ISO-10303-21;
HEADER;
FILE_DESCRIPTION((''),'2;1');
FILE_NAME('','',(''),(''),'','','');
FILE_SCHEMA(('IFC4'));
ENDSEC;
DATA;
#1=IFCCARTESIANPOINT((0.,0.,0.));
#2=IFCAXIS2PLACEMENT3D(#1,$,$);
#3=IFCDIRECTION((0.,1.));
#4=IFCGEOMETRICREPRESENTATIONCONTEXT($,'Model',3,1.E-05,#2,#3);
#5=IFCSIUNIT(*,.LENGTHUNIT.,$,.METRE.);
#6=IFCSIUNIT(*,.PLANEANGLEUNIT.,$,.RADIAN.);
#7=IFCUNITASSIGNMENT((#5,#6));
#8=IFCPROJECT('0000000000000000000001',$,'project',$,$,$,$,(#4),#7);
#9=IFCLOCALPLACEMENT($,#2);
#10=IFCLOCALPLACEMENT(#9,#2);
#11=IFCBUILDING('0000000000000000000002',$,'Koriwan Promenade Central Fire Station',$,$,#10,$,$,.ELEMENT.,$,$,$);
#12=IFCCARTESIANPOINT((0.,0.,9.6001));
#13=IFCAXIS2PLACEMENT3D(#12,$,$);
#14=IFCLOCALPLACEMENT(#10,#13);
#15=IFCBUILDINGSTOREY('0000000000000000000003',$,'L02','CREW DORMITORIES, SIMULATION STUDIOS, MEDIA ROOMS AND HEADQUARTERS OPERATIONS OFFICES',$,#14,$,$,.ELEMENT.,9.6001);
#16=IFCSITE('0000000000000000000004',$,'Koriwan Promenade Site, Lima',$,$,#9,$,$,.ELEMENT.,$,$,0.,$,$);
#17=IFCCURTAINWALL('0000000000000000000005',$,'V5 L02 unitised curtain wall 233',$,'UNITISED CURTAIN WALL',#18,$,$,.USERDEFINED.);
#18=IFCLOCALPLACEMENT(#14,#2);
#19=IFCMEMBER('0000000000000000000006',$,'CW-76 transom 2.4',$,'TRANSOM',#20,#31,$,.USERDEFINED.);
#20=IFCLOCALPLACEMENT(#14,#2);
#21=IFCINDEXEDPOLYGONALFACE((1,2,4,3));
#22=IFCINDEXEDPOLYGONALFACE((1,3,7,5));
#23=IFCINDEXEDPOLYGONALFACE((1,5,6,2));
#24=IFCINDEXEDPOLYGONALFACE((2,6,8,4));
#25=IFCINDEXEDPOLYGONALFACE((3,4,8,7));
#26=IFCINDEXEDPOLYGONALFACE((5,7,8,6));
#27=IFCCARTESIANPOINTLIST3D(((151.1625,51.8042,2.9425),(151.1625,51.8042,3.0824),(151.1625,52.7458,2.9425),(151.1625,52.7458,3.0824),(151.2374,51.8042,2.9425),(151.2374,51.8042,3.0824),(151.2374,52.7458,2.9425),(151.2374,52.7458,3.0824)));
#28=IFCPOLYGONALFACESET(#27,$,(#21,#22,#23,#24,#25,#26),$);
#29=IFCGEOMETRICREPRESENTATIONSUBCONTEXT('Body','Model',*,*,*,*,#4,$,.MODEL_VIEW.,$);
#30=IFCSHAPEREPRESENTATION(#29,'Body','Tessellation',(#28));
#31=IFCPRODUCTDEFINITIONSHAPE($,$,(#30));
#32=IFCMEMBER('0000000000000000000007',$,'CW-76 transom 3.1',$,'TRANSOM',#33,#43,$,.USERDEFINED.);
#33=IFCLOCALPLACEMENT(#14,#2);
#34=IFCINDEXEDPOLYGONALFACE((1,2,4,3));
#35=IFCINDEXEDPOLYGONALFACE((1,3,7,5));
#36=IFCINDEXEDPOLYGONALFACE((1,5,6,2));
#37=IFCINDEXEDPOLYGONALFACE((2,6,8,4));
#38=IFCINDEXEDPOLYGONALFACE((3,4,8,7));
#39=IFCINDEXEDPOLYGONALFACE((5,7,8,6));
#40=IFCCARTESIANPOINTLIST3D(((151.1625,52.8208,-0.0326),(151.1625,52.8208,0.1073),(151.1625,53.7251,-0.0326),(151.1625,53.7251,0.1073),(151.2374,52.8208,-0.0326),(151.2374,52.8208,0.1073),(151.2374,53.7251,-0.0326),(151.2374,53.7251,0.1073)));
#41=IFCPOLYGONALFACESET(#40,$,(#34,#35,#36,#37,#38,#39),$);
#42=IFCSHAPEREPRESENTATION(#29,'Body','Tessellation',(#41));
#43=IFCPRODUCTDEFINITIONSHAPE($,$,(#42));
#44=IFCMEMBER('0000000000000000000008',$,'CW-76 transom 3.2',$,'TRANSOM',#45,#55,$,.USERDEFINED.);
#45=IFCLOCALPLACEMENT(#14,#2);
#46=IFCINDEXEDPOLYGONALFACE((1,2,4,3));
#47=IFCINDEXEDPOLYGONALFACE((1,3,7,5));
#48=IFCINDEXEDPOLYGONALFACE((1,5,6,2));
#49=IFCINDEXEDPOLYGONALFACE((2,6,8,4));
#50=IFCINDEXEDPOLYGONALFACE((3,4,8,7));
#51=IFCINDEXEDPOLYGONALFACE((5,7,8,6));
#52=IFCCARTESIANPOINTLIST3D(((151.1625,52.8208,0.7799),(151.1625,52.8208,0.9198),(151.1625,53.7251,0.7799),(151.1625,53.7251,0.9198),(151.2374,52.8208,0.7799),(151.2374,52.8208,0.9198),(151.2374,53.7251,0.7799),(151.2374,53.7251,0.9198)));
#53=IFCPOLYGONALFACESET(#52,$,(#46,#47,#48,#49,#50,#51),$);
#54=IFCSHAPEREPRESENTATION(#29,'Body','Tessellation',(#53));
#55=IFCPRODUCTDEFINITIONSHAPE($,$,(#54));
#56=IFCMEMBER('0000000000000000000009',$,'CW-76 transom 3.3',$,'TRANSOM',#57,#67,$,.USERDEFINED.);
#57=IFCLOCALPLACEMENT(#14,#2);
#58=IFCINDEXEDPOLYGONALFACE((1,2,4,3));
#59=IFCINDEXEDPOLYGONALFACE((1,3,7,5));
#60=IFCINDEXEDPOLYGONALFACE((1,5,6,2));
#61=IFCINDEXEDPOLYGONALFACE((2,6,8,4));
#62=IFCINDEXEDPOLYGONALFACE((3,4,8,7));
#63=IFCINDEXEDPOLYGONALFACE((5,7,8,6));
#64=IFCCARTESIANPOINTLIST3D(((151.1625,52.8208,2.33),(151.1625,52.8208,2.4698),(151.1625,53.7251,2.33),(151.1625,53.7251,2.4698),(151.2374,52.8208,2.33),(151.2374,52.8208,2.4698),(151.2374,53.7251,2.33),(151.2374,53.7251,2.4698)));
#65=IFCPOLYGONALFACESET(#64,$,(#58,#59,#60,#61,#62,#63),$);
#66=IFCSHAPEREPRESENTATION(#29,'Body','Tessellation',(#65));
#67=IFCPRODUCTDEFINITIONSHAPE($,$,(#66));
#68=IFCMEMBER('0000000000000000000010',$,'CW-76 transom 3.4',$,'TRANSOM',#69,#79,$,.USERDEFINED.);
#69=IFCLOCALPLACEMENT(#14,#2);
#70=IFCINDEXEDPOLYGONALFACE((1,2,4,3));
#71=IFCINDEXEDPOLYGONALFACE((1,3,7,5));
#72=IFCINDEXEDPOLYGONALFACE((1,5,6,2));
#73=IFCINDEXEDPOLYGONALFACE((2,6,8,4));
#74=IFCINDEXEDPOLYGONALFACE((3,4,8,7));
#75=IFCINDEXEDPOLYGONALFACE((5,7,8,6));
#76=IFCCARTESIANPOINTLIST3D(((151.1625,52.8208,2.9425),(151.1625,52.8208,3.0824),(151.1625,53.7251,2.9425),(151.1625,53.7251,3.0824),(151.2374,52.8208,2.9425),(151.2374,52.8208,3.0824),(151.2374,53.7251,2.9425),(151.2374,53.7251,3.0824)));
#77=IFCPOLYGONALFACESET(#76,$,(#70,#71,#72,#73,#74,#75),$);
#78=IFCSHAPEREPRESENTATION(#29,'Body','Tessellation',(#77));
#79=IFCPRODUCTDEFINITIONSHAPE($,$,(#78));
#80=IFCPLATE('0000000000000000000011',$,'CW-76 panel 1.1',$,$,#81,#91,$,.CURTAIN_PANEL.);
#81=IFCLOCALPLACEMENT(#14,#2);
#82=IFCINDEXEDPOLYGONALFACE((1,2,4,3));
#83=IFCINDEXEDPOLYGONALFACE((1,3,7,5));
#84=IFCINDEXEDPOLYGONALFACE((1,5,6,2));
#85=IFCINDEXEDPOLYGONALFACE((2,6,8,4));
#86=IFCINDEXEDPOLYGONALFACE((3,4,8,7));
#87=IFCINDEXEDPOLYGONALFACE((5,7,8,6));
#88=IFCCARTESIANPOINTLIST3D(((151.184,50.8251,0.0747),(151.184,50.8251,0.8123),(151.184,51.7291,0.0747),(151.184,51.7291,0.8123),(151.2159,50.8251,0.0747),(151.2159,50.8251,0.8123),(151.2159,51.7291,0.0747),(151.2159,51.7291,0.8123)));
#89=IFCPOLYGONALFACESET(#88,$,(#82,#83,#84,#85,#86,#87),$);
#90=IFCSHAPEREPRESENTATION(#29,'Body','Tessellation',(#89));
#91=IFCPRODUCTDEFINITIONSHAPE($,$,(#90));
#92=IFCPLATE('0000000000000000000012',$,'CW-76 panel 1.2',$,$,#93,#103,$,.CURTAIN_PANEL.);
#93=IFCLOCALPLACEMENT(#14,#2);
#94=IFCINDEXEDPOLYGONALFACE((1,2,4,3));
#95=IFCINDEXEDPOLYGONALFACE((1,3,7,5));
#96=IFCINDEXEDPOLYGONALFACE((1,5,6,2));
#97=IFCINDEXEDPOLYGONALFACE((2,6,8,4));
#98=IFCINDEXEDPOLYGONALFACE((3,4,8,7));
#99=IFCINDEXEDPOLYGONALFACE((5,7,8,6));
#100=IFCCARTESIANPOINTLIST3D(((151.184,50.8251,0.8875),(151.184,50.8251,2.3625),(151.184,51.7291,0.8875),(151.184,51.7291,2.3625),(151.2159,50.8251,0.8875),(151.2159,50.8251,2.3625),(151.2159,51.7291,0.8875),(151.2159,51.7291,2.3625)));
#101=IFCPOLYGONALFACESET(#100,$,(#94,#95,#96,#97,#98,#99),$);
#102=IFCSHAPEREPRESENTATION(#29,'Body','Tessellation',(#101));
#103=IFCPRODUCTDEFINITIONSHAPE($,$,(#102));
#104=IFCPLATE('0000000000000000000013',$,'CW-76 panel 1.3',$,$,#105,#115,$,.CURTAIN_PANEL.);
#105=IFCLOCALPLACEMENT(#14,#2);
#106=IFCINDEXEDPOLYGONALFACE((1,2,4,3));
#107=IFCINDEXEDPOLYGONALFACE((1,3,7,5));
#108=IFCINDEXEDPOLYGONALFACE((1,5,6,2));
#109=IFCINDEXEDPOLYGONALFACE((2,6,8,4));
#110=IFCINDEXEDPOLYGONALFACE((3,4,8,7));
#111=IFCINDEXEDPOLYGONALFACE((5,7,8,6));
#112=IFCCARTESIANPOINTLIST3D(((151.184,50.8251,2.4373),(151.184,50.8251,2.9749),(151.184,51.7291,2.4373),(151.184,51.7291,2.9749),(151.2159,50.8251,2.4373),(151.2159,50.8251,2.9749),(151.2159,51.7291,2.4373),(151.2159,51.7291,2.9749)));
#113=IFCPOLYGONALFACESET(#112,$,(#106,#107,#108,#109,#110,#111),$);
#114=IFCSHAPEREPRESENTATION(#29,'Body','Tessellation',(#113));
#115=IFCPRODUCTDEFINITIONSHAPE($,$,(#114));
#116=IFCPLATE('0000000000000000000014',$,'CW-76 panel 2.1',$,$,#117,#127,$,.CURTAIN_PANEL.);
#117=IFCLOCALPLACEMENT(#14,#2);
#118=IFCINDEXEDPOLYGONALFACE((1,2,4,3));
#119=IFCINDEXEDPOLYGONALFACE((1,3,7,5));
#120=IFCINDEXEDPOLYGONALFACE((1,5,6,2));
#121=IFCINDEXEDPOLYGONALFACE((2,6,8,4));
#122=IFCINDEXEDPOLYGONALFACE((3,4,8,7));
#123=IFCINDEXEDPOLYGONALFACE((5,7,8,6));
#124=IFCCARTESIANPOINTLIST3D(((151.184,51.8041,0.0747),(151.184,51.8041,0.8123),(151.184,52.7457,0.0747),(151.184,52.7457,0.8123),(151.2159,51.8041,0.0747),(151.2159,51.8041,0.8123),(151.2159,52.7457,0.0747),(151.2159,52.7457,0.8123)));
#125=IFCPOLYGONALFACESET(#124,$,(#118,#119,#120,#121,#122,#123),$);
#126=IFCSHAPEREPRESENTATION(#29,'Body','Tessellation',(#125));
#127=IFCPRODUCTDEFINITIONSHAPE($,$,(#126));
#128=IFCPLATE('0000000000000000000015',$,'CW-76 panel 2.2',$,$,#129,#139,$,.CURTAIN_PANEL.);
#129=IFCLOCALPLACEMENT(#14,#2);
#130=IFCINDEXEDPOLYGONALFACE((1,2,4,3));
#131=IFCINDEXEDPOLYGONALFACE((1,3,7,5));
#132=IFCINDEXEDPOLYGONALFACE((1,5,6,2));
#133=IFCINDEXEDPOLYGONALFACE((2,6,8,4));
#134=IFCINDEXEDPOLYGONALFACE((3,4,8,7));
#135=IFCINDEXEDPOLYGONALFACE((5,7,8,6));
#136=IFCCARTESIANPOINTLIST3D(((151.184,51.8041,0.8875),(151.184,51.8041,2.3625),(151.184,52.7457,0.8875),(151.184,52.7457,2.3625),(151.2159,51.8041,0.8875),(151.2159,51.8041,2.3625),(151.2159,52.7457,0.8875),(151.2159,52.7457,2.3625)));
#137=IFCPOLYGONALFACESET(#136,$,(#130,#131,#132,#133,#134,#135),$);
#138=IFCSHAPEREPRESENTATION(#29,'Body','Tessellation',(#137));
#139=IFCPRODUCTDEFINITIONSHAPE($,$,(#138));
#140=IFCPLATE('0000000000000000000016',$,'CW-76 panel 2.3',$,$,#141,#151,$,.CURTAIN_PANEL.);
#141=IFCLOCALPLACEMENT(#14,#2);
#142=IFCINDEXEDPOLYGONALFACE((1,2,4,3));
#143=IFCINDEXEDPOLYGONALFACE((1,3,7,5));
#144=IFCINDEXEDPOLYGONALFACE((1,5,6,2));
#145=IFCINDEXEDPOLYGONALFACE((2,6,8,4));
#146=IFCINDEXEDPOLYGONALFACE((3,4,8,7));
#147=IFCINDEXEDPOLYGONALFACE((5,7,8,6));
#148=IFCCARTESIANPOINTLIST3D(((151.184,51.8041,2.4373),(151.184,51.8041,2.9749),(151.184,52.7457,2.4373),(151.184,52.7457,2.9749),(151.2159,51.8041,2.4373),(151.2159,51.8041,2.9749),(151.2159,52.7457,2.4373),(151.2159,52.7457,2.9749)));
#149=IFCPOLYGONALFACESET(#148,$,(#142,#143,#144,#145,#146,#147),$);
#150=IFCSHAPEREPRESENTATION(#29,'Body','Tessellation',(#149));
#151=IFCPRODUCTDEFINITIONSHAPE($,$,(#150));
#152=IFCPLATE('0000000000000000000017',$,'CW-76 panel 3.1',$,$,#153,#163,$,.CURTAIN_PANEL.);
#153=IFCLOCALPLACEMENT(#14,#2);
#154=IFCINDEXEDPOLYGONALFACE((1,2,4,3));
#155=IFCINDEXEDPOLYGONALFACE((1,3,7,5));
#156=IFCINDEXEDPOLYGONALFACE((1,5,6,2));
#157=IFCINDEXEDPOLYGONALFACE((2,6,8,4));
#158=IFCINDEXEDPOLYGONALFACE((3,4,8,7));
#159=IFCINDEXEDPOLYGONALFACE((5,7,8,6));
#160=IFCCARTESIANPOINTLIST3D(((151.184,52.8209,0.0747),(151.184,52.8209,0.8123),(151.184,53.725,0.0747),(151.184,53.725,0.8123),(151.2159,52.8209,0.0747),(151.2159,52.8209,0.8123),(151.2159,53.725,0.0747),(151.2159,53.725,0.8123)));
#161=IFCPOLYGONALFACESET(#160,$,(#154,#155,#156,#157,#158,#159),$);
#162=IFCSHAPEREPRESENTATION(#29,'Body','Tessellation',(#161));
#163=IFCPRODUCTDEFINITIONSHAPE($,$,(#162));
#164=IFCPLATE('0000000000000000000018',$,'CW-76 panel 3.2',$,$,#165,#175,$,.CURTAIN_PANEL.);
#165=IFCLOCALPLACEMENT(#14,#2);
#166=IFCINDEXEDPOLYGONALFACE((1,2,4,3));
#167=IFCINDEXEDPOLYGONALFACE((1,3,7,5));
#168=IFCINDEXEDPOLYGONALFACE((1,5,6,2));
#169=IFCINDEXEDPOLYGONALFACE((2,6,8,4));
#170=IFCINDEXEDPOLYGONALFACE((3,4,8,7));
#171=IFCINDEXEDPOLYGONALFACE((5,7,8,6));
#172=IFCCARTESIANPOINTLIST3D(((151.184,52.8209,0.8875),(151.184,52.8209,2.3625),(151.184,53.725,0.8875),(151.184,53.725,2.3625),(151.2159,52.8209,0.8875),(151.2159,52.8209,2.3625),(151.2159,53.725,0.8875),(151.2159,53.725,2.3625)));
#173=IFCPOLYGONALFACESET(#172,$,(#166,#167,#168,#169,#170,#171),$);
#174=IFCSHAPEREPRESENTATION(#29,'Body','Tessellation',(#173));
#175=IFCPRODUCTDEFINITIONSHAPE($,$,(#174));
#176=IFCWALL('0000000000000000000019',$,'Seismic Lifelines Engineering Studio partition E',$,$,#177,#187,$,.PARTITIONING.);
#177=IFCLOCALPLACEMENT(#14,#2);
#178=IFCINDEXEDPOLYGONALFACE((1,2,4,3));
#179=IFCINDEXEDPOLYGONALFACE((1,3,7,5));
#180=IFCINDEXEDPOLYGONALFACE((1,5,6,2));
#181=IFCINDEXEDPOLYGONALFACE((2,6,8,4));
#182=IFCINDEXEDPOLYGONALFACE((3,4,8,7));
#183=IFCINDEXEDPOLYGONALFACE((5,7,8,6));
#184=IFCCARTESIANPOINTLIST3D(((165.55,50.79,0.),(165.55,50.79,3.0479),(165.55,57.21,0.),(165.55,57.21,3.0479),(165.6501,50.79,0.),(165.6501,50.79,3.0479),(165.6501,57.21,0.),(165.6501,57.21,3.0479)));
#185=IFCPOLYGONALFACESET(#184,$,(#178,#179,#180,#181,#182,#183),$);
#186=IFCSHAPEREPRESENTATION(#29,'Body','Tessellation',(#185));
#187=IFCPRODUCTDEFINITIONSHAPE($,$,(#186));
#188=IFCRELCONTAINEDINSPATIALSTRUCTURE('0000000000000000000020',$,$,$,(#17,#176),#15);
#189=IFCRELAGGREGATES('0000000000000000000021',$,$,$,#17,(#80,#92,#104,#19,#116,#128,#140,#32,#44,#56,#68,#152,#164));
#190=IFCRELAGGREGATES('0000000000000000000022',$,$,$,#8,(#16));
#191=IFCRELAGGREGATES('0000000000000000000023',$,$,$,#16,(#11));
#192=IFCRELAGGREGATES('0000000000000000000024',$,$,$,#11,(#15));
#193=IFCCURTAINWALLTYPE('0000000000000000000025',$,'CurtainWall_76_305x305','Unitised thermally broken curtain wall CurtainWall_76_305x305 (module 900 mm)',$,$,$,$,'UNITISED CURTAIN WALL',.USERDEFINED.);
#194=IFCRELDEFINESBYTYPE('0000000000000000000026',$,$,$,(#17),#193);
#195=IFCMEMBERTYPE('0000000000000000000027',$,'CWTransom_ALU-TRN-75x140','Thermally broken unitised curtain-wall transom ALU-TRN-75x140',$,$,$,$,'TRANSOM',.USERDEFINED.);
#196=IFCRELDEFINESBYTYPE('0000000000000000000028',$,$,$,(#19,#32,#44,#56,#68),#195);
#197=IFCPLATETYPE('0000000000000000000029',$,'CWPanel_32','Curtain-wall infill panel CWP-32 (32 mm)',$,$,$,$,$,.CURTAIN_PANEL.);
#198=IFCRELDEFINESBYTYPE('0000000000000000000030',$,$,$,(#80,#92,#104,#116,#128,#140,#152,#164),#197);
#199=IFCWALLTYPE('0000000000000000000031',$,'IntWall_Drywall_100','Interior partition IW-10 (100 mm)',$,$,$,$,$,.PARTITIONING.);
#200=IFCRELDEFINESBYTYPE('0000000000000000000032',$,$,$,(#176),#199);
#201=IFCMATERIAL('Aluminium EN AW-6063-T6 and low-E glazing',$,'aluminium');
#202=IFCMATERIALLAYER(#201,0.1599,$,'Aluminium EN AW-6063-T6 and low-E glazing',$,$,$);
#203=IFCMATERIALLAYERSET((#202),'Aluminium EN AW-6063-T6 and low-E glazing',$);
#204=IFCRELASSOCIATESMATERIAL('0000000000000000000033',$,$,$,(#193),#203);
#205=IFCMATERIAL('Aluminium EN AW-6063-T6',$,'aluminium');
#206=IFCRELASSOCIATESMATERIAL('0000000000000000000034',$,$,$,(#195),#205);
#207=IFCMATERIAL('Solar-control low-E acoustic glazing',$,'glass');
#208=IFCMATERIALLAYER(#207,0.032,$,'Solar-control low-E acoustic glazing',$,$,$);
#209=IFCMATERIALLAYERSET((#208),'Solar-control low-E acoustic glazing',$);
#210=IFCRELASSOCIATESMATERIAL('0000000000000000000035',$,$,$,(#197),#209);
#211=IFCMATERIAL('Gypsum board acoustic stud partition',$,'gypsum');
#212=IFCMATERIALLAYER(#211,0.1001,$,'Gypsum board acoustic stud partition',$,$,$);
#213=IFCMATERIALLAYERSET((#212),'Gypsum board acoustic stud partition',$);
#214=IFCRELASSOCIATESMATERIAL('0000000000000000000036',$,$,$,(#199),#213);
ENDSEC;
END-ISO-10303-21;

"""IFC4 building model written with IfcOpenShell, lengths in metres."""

from ifc_helpers import new_model, si_unit, direction, frame, frame_2d, origin, origin_2d, place, context, subcontext, project, spatial, rectangle, extrude, material, layer, layer_set, material_profile, profile_set, type_object, element, aggregate, save


model = new_model("IFC4")

# Units and contexts
model_context = context("Model", 3, precision=1e-05, world=origin(), true_north=direction((0.0, 1.0)))
body_context = subcontext(model_context, "Body", "Model", "MODEL_VIEW")
ifc_project = project(units=[si_unit("LENGTHUNIT", "METRE"), si_unit("PLANEANGLEUNIT", "RADIAN")], contexts=[model_context])

# Site, building, storey
site_placement = place(None, origin())
site = spatial("IfcSite", under=ifc_project, at=site_placement, Name="Koriwan Promenade Site, Lima", CompositionType="ELEMENT", RefElevation=0.0)
building_placement = place(site_placement, origin())
building = spatial("IfcBuilding", under=site, at=building_placement, Name="Koriwan Promenade Central Fire Station", CompositionType="ELEMENT")
storey_placement = place(building_placement, frame((0.0, 0.0, 9.6001)))
storey = spatial("IfcBuildingStorey", under=building, at=storey_placement, Name="L02", Description="CREW DORMITORIES, SIMULATION STUDIOS, MEDIA ROOMS AND HEADQUARTERS OPERATIONS OFFICES", CompositionType="ELEMENT", Elevation=9.6001)

# Curtain wall, members, plates
ifc_material_1 = material(Name="Aluminium EN AW-6063-T6 and low-E glazing", Category="aluminium")
ifc_layer_1 = layer(ifc_material_1, 0.1599, Name="Aluminium EN AW-6063-T6 and low-E glazing")
ifc_layer_set_1 = layer_set([ifc_layer_1], Name="Aluminium EN AW-6063-T6 and low-E glazing")
curtain_wall_type = type_object("IfcCurtainWallType", Name="CurtainWall_76_305x305", Description="Unitised thermally broken curtain wall CurtainWall_76_305x305 (module 900 mm)", ElementType="UNITISED CURTAIN WALL", PredefinedType="USERDEFINED", material=ifc_layer_set_1)
curtain_wall_placement = place(storey_placement, origin())
curtain_wall = element("IfcCurtainWall", 1, at=curtain_wall_placement, inside=storey, type_object=curtain_wall_type, Name="V5 L02 unitised curtain wall 233", ObjectType="UNITISED CURTAIN WALL", PredefinedType="USERDEFINED")
ifc_material_2 = material(Name="Aluminium EN AW-6063-T6", Category="aluminium")
ifc_material_profile_1 = material_profile(ifc_material_2, rectangle(XDim=0.075, YDim=0.1399, at=origin_2d()), Name="ALU-TRN-75x140")
ifc_profile_set_1 = profile_set([ifc_material_profile_1], Name="Aluminium EN AW-6063-T6")
member_type_1 = type_object("IfcMemberType", Name="CWTransom_ALU-TRN-75x140", Description="Thermally broken unitised curtain-wall transom ALU-TRN-75x140", ElementType="TRANSOM", PredefinedType="USERDEFINED", material=ifc_profile_set_1)
member_1_placement = place(storey_placement, frame((151.2, 51.8042, 3.0125), z_axis=(0.0, 1.0, 0.0), x_axis=(-1.0, 0.0, 0.0)))
member_1 = element("IfcMember", 2, at=member_1_placement, type_object=member_type_1, Name="CW-76 transom 2.4", ObjectType="TRANSOM", PredefinedType="USERDEFINED", context=body_context, shape_type="SweptSolid", body=[
    extrude(rectangle(XDim=0.075, YDim=0.1399, at=origin_2d()), origin(), (0.0, 0.0, 1.0), 0.9417),
])
member_2_placement = place(storey_placement, frame((151.2, 52.8208, 0.0374), z_axis=(0.0, 1.0, 0.0), x_axis=(-1.0, 0.0, 0.0)))
member_2 = element("IfcMember", 3, at=member_2_placement, type_object=member_type_1, Name="CW-76 transom 3.1", ObjectType="TRANSOM", PredefinedType="USERDEFINED", context=body_context, shape_type="SweptSolid", body=[
    extrude(rectangle(XDim=0.075, YDim=0.1399, at=origin_2d()), origin(), (0.0, 0.0, 1.0), 0.9043),
])
member_3_placement = place(storey_placement, frame((151.2, 52.8208, 0.8499), z_axis=(0.0, 1.0, 0.0), x_axis=(-1.0, 0.0, 0.0)))
member_3 = element("IfcMember", 4, at=member_3_placement, type_object=member_type_1, Name="CW-76 transom 3.2", ObjectType="TRANSOM", PredefinedType="USERDEFINED", context=body_context, shape_type="SweptSolid", body=[
    extrude(rectangle(XDim=0.075, YDim=0.1399, at=origin_2d()), origin(), (0.0, 0.0, 1.0), 0.9043),
])
member_4_placement = place(storey_placement, frame((151.2, 52.8208, 2.3999), z_axis=(0.0, 1.0, 0.0), x_axis=(-1.0, 0.0, 0.0)))
member_4 = element("IfcMember", 5, at=member_4_placement, type_object=member_type_1, Name="CW-76 transom 3.3", ObjectType="TRANSOM", PredefinedType="USERDEFINED", context=body_context, shape_type="SweptSolid", body=[
    extrude(rectangle(XDim=0.075, YDim=0.1399, at=origin_2d()), origin(), (0.0, 0.0, 1.0), 0.9043),
])
member_5_placement = place(storey_placement, frame((151.2, 52.8208, 3.0125), z_axis=(0.0, 1.0, 0.0), x_axis=(-1.0, 0.0, 0.0)))
member_5 = element("IfcMember", 6, at=member_5_placement, type_object=member_type_1, Name="CW-76 transom 3.4", ObjectType="TRANSOM", PredefinedType="USERDEFINED", context=body_context, shape_type="SweptSolid", body=[
    extrude(rectangle(XDim=0.075, YDim=0.1399, at=origin_2d()), origin(), (0.0, 0.0, 1.0), 0.9043),
])
ifc_material_3 = material(Name="Solar-control low-E acoustic glazing", Category="glass")
ifc_layer_2 = layer(ifc_material_3, 0.032, Name="Solar-control low-E acoustic glazing")
ifc_layer_set_2 = layer_set([ifc_layer_2], Name="Solar-control low-E acoustic glazing")
plate_type = type_object("IfcPlateType", Name="CWPanel_32", Description="Curtain-wall infill panel CWP-32 (32 mm)", PredefinedType="CURTAIN_PANEL", material=ifc_layer_set_2)
plate_1_placement = place(storey_placement, frame((151.2, 51.2771, 0.0747), z_axis=(0.0, 0.0, 1.0), x_axis=(0.0, 1.0, 0.0)))
plate_1 = element("IfcPlate", 7, at=plate_1_placement, type_object=plate_type, Name="CW-76 panel 1.1", PredefinedType="CURTAIN_PANEL", context=body_context, shape_type="SweptSolid", body=[
    extrude(rectangle(XDim=0.9041, YDim=0.032, at=origin_2d()), origin(), (0.0, 0.0, 1.0), 0.7375),
])
plate_2_placement = place(storey_placement, frame((151.2, 51.2771, 0.8875), z_axis=(0.0, 0.0, 1.0), x_axis=(0.0, 1.0, 0.0)))
plate_2 = element("IfcPlate", 8, at=plate_2_placement, type_object=plate_type, Name="CW-76 panel 1.2", PredefinedType="CURTAIN_PANEL", context=body_context, shape_type="SweptSolid", body=[
    extrude(rectangle(XDim=0.9041, YDim=0.032, at=origin_2d()), origin(), (0.0, 0.0, 1.0), 1.4751),
])
plate_3_placement = place(storey_placement, frame((151.2, 51.2771, 2.4373), z_axis=(0.0, 0.0, 1.0), x_axis=(0.0, 1.0, 0.0)))
plate_3 = element("IfcPlate", 9, at=plate_3_placement, type_object=plate_type, Name="CW-76 panel 1.3", PredefinedType="CURTAIN_PANEL", context=body_context, shape_type="SweptSolid", body=[
    extrude(rectangle(XDim=0.9041, YDim=0.032, at=origin_2d()), origin(), (0.0, 0.0, 1.0), 0.5376),
])
plate_4_placement = place(storey_placement, frame((151.2, 52.2749, 0.0747), z_axis=(0.0, 0.0, 1.0), x_axis=(0.0, 1.0, 0.0)))
plate_4 = element("IfcPlate", 10, at=plate_4_placement, type_object=plate_type, Name="CW-76 panel 2.1", PredefinedType="CURTAIN_PANEL", context=body_context, shape_type="SweptSolid", body=[
    extrude(rectangle(XDim=0.9417, YDim=0.032, at=origin_2d()), origin(), (0.0, 0.0, 1.0), 0.7375),
])
plate_5_placement = place(storey_placement, frame((151.2, 52.2749, 0.8875), z_axis=(0.0, 0.0, 1.0), x_axis=(0.0, 1.0, 0.0)))
plate_5 = element("IfcPlate", 11, at=plate_5_placement, type_object=plate_type, Name="CW-76 panel 2.2", PredefinedType="CURTAIN_PANEL", context=body_context, shape_type="SweptSolid", body=[
    extrude(rectangle(XDim=0.9417, YDim=0.032, at=origin_2d()), origin(), (0.0, 0.0, 1.0), 1.4751),
])
plate_6_placement = place(storey_placement, frame((151.2, 52.2749, 2.4373), z_axis=(0.0, 0.0, 1.0), x_axis=(0.0, 1.0, 0.0)))
plate_6 = element("IfcPlate", 12, at=plate_6_placement, type_object=plate_type, Name="CW-76 panel 2.3", PredefinedType="CURTAIN_PANEL", context=body_context, shape_type="SweptSolid", body=[
    extrude(rectangle(XDim=0.9417, YDim=0.032, at=origin_2d()), origin(), (0.0, 0.0, 1.0), 0.5376),
])
plate_7_placement = place(storey_placement, frame((151.2, 53.2729, 0.0747), z_axis=(0.0, 0.0, 1.0), x_axis=(0.0, 1.0, 0.0)))
plate_7 = element("IfcPlate", 13, at=plate_7_placement, type_object=plate_type, Name="CW-76 panel 3.1", PredefinedType="CURTAIN_PANEL", context=body_context, shape_type="SweptSolid", body=[
    extrude(rectangle(XDim=0.9041, YDim=0.032, at=origin_2d()), origin(), (0.0, 0.0, 1.0), 0.7375),
])
plate_8_placement = place(storey_placement, frame((151.2, 53.2729, 0.8875), z_axis=(0.0, 0.0, 1.0), x_axis=(0.0, 1.0, 0.0)))
plate_8 = element("IfcPlate", 14, at=plate_8_placement, type_object=plate_type, Name="CW-76 panel 3.2", PredefinedType="CURTAIN_PANEL", context=body_context, shape_type="SweptSolid", body=[
    extrude(rectangle(XDim=0.9041, YDim=0.032, at=origin_2d()), origin(), (0.0, 0.0, 1.0), 1.4751),
])
aggregate(curtain_wall, [plate_1, plate_2, plate_3, member_1, plate_4, plate_5, plate_6, member_2, member_3, member_4, member_5, plate_7, plate_8])

# Wall
ifc_material_4 = material(Name="Gypsum board acoustic stud partition", Category="gypsum")
ifc_layer_3 = layer(ifc_material_4, 0.1001, Name="Gypsum board acoustic stud partition")
ifc_layer_set_3 = layer_set([ifc_layer_3], Name="Gypsum board acoustic stud partition")
wall_type = type_object("IfcWallType", Name="IntWall_Drywall_100", Description="Interior partition IW-10 (100 mm)", PredefinedType="PARTITIONING", material=ifc_layer_set_3)
wall_placement = place(storey_placement, frame((165.6001, 50.79, 0.0), z_axis=(0.0, 0.0, 1.0), x_axis=(0.0, 1.0, 0.0)))
element("IfcWall", 15, at=wall_placement, inside=storey, type_object=wall_type, Name="Seismic Lifelines Engineering Studio partition E", PredefinedType="PARTITIONING", context=body_context, shape_type="SweptSolid", body=[
    extrude(rectangle(XDim=6.4199, YDim=0.1001, at=frame_2d((3.21, 0.0))), origin(), (0.0, 0.0, 1.0), 3.0479),
])

save(model, "model.ifc")
